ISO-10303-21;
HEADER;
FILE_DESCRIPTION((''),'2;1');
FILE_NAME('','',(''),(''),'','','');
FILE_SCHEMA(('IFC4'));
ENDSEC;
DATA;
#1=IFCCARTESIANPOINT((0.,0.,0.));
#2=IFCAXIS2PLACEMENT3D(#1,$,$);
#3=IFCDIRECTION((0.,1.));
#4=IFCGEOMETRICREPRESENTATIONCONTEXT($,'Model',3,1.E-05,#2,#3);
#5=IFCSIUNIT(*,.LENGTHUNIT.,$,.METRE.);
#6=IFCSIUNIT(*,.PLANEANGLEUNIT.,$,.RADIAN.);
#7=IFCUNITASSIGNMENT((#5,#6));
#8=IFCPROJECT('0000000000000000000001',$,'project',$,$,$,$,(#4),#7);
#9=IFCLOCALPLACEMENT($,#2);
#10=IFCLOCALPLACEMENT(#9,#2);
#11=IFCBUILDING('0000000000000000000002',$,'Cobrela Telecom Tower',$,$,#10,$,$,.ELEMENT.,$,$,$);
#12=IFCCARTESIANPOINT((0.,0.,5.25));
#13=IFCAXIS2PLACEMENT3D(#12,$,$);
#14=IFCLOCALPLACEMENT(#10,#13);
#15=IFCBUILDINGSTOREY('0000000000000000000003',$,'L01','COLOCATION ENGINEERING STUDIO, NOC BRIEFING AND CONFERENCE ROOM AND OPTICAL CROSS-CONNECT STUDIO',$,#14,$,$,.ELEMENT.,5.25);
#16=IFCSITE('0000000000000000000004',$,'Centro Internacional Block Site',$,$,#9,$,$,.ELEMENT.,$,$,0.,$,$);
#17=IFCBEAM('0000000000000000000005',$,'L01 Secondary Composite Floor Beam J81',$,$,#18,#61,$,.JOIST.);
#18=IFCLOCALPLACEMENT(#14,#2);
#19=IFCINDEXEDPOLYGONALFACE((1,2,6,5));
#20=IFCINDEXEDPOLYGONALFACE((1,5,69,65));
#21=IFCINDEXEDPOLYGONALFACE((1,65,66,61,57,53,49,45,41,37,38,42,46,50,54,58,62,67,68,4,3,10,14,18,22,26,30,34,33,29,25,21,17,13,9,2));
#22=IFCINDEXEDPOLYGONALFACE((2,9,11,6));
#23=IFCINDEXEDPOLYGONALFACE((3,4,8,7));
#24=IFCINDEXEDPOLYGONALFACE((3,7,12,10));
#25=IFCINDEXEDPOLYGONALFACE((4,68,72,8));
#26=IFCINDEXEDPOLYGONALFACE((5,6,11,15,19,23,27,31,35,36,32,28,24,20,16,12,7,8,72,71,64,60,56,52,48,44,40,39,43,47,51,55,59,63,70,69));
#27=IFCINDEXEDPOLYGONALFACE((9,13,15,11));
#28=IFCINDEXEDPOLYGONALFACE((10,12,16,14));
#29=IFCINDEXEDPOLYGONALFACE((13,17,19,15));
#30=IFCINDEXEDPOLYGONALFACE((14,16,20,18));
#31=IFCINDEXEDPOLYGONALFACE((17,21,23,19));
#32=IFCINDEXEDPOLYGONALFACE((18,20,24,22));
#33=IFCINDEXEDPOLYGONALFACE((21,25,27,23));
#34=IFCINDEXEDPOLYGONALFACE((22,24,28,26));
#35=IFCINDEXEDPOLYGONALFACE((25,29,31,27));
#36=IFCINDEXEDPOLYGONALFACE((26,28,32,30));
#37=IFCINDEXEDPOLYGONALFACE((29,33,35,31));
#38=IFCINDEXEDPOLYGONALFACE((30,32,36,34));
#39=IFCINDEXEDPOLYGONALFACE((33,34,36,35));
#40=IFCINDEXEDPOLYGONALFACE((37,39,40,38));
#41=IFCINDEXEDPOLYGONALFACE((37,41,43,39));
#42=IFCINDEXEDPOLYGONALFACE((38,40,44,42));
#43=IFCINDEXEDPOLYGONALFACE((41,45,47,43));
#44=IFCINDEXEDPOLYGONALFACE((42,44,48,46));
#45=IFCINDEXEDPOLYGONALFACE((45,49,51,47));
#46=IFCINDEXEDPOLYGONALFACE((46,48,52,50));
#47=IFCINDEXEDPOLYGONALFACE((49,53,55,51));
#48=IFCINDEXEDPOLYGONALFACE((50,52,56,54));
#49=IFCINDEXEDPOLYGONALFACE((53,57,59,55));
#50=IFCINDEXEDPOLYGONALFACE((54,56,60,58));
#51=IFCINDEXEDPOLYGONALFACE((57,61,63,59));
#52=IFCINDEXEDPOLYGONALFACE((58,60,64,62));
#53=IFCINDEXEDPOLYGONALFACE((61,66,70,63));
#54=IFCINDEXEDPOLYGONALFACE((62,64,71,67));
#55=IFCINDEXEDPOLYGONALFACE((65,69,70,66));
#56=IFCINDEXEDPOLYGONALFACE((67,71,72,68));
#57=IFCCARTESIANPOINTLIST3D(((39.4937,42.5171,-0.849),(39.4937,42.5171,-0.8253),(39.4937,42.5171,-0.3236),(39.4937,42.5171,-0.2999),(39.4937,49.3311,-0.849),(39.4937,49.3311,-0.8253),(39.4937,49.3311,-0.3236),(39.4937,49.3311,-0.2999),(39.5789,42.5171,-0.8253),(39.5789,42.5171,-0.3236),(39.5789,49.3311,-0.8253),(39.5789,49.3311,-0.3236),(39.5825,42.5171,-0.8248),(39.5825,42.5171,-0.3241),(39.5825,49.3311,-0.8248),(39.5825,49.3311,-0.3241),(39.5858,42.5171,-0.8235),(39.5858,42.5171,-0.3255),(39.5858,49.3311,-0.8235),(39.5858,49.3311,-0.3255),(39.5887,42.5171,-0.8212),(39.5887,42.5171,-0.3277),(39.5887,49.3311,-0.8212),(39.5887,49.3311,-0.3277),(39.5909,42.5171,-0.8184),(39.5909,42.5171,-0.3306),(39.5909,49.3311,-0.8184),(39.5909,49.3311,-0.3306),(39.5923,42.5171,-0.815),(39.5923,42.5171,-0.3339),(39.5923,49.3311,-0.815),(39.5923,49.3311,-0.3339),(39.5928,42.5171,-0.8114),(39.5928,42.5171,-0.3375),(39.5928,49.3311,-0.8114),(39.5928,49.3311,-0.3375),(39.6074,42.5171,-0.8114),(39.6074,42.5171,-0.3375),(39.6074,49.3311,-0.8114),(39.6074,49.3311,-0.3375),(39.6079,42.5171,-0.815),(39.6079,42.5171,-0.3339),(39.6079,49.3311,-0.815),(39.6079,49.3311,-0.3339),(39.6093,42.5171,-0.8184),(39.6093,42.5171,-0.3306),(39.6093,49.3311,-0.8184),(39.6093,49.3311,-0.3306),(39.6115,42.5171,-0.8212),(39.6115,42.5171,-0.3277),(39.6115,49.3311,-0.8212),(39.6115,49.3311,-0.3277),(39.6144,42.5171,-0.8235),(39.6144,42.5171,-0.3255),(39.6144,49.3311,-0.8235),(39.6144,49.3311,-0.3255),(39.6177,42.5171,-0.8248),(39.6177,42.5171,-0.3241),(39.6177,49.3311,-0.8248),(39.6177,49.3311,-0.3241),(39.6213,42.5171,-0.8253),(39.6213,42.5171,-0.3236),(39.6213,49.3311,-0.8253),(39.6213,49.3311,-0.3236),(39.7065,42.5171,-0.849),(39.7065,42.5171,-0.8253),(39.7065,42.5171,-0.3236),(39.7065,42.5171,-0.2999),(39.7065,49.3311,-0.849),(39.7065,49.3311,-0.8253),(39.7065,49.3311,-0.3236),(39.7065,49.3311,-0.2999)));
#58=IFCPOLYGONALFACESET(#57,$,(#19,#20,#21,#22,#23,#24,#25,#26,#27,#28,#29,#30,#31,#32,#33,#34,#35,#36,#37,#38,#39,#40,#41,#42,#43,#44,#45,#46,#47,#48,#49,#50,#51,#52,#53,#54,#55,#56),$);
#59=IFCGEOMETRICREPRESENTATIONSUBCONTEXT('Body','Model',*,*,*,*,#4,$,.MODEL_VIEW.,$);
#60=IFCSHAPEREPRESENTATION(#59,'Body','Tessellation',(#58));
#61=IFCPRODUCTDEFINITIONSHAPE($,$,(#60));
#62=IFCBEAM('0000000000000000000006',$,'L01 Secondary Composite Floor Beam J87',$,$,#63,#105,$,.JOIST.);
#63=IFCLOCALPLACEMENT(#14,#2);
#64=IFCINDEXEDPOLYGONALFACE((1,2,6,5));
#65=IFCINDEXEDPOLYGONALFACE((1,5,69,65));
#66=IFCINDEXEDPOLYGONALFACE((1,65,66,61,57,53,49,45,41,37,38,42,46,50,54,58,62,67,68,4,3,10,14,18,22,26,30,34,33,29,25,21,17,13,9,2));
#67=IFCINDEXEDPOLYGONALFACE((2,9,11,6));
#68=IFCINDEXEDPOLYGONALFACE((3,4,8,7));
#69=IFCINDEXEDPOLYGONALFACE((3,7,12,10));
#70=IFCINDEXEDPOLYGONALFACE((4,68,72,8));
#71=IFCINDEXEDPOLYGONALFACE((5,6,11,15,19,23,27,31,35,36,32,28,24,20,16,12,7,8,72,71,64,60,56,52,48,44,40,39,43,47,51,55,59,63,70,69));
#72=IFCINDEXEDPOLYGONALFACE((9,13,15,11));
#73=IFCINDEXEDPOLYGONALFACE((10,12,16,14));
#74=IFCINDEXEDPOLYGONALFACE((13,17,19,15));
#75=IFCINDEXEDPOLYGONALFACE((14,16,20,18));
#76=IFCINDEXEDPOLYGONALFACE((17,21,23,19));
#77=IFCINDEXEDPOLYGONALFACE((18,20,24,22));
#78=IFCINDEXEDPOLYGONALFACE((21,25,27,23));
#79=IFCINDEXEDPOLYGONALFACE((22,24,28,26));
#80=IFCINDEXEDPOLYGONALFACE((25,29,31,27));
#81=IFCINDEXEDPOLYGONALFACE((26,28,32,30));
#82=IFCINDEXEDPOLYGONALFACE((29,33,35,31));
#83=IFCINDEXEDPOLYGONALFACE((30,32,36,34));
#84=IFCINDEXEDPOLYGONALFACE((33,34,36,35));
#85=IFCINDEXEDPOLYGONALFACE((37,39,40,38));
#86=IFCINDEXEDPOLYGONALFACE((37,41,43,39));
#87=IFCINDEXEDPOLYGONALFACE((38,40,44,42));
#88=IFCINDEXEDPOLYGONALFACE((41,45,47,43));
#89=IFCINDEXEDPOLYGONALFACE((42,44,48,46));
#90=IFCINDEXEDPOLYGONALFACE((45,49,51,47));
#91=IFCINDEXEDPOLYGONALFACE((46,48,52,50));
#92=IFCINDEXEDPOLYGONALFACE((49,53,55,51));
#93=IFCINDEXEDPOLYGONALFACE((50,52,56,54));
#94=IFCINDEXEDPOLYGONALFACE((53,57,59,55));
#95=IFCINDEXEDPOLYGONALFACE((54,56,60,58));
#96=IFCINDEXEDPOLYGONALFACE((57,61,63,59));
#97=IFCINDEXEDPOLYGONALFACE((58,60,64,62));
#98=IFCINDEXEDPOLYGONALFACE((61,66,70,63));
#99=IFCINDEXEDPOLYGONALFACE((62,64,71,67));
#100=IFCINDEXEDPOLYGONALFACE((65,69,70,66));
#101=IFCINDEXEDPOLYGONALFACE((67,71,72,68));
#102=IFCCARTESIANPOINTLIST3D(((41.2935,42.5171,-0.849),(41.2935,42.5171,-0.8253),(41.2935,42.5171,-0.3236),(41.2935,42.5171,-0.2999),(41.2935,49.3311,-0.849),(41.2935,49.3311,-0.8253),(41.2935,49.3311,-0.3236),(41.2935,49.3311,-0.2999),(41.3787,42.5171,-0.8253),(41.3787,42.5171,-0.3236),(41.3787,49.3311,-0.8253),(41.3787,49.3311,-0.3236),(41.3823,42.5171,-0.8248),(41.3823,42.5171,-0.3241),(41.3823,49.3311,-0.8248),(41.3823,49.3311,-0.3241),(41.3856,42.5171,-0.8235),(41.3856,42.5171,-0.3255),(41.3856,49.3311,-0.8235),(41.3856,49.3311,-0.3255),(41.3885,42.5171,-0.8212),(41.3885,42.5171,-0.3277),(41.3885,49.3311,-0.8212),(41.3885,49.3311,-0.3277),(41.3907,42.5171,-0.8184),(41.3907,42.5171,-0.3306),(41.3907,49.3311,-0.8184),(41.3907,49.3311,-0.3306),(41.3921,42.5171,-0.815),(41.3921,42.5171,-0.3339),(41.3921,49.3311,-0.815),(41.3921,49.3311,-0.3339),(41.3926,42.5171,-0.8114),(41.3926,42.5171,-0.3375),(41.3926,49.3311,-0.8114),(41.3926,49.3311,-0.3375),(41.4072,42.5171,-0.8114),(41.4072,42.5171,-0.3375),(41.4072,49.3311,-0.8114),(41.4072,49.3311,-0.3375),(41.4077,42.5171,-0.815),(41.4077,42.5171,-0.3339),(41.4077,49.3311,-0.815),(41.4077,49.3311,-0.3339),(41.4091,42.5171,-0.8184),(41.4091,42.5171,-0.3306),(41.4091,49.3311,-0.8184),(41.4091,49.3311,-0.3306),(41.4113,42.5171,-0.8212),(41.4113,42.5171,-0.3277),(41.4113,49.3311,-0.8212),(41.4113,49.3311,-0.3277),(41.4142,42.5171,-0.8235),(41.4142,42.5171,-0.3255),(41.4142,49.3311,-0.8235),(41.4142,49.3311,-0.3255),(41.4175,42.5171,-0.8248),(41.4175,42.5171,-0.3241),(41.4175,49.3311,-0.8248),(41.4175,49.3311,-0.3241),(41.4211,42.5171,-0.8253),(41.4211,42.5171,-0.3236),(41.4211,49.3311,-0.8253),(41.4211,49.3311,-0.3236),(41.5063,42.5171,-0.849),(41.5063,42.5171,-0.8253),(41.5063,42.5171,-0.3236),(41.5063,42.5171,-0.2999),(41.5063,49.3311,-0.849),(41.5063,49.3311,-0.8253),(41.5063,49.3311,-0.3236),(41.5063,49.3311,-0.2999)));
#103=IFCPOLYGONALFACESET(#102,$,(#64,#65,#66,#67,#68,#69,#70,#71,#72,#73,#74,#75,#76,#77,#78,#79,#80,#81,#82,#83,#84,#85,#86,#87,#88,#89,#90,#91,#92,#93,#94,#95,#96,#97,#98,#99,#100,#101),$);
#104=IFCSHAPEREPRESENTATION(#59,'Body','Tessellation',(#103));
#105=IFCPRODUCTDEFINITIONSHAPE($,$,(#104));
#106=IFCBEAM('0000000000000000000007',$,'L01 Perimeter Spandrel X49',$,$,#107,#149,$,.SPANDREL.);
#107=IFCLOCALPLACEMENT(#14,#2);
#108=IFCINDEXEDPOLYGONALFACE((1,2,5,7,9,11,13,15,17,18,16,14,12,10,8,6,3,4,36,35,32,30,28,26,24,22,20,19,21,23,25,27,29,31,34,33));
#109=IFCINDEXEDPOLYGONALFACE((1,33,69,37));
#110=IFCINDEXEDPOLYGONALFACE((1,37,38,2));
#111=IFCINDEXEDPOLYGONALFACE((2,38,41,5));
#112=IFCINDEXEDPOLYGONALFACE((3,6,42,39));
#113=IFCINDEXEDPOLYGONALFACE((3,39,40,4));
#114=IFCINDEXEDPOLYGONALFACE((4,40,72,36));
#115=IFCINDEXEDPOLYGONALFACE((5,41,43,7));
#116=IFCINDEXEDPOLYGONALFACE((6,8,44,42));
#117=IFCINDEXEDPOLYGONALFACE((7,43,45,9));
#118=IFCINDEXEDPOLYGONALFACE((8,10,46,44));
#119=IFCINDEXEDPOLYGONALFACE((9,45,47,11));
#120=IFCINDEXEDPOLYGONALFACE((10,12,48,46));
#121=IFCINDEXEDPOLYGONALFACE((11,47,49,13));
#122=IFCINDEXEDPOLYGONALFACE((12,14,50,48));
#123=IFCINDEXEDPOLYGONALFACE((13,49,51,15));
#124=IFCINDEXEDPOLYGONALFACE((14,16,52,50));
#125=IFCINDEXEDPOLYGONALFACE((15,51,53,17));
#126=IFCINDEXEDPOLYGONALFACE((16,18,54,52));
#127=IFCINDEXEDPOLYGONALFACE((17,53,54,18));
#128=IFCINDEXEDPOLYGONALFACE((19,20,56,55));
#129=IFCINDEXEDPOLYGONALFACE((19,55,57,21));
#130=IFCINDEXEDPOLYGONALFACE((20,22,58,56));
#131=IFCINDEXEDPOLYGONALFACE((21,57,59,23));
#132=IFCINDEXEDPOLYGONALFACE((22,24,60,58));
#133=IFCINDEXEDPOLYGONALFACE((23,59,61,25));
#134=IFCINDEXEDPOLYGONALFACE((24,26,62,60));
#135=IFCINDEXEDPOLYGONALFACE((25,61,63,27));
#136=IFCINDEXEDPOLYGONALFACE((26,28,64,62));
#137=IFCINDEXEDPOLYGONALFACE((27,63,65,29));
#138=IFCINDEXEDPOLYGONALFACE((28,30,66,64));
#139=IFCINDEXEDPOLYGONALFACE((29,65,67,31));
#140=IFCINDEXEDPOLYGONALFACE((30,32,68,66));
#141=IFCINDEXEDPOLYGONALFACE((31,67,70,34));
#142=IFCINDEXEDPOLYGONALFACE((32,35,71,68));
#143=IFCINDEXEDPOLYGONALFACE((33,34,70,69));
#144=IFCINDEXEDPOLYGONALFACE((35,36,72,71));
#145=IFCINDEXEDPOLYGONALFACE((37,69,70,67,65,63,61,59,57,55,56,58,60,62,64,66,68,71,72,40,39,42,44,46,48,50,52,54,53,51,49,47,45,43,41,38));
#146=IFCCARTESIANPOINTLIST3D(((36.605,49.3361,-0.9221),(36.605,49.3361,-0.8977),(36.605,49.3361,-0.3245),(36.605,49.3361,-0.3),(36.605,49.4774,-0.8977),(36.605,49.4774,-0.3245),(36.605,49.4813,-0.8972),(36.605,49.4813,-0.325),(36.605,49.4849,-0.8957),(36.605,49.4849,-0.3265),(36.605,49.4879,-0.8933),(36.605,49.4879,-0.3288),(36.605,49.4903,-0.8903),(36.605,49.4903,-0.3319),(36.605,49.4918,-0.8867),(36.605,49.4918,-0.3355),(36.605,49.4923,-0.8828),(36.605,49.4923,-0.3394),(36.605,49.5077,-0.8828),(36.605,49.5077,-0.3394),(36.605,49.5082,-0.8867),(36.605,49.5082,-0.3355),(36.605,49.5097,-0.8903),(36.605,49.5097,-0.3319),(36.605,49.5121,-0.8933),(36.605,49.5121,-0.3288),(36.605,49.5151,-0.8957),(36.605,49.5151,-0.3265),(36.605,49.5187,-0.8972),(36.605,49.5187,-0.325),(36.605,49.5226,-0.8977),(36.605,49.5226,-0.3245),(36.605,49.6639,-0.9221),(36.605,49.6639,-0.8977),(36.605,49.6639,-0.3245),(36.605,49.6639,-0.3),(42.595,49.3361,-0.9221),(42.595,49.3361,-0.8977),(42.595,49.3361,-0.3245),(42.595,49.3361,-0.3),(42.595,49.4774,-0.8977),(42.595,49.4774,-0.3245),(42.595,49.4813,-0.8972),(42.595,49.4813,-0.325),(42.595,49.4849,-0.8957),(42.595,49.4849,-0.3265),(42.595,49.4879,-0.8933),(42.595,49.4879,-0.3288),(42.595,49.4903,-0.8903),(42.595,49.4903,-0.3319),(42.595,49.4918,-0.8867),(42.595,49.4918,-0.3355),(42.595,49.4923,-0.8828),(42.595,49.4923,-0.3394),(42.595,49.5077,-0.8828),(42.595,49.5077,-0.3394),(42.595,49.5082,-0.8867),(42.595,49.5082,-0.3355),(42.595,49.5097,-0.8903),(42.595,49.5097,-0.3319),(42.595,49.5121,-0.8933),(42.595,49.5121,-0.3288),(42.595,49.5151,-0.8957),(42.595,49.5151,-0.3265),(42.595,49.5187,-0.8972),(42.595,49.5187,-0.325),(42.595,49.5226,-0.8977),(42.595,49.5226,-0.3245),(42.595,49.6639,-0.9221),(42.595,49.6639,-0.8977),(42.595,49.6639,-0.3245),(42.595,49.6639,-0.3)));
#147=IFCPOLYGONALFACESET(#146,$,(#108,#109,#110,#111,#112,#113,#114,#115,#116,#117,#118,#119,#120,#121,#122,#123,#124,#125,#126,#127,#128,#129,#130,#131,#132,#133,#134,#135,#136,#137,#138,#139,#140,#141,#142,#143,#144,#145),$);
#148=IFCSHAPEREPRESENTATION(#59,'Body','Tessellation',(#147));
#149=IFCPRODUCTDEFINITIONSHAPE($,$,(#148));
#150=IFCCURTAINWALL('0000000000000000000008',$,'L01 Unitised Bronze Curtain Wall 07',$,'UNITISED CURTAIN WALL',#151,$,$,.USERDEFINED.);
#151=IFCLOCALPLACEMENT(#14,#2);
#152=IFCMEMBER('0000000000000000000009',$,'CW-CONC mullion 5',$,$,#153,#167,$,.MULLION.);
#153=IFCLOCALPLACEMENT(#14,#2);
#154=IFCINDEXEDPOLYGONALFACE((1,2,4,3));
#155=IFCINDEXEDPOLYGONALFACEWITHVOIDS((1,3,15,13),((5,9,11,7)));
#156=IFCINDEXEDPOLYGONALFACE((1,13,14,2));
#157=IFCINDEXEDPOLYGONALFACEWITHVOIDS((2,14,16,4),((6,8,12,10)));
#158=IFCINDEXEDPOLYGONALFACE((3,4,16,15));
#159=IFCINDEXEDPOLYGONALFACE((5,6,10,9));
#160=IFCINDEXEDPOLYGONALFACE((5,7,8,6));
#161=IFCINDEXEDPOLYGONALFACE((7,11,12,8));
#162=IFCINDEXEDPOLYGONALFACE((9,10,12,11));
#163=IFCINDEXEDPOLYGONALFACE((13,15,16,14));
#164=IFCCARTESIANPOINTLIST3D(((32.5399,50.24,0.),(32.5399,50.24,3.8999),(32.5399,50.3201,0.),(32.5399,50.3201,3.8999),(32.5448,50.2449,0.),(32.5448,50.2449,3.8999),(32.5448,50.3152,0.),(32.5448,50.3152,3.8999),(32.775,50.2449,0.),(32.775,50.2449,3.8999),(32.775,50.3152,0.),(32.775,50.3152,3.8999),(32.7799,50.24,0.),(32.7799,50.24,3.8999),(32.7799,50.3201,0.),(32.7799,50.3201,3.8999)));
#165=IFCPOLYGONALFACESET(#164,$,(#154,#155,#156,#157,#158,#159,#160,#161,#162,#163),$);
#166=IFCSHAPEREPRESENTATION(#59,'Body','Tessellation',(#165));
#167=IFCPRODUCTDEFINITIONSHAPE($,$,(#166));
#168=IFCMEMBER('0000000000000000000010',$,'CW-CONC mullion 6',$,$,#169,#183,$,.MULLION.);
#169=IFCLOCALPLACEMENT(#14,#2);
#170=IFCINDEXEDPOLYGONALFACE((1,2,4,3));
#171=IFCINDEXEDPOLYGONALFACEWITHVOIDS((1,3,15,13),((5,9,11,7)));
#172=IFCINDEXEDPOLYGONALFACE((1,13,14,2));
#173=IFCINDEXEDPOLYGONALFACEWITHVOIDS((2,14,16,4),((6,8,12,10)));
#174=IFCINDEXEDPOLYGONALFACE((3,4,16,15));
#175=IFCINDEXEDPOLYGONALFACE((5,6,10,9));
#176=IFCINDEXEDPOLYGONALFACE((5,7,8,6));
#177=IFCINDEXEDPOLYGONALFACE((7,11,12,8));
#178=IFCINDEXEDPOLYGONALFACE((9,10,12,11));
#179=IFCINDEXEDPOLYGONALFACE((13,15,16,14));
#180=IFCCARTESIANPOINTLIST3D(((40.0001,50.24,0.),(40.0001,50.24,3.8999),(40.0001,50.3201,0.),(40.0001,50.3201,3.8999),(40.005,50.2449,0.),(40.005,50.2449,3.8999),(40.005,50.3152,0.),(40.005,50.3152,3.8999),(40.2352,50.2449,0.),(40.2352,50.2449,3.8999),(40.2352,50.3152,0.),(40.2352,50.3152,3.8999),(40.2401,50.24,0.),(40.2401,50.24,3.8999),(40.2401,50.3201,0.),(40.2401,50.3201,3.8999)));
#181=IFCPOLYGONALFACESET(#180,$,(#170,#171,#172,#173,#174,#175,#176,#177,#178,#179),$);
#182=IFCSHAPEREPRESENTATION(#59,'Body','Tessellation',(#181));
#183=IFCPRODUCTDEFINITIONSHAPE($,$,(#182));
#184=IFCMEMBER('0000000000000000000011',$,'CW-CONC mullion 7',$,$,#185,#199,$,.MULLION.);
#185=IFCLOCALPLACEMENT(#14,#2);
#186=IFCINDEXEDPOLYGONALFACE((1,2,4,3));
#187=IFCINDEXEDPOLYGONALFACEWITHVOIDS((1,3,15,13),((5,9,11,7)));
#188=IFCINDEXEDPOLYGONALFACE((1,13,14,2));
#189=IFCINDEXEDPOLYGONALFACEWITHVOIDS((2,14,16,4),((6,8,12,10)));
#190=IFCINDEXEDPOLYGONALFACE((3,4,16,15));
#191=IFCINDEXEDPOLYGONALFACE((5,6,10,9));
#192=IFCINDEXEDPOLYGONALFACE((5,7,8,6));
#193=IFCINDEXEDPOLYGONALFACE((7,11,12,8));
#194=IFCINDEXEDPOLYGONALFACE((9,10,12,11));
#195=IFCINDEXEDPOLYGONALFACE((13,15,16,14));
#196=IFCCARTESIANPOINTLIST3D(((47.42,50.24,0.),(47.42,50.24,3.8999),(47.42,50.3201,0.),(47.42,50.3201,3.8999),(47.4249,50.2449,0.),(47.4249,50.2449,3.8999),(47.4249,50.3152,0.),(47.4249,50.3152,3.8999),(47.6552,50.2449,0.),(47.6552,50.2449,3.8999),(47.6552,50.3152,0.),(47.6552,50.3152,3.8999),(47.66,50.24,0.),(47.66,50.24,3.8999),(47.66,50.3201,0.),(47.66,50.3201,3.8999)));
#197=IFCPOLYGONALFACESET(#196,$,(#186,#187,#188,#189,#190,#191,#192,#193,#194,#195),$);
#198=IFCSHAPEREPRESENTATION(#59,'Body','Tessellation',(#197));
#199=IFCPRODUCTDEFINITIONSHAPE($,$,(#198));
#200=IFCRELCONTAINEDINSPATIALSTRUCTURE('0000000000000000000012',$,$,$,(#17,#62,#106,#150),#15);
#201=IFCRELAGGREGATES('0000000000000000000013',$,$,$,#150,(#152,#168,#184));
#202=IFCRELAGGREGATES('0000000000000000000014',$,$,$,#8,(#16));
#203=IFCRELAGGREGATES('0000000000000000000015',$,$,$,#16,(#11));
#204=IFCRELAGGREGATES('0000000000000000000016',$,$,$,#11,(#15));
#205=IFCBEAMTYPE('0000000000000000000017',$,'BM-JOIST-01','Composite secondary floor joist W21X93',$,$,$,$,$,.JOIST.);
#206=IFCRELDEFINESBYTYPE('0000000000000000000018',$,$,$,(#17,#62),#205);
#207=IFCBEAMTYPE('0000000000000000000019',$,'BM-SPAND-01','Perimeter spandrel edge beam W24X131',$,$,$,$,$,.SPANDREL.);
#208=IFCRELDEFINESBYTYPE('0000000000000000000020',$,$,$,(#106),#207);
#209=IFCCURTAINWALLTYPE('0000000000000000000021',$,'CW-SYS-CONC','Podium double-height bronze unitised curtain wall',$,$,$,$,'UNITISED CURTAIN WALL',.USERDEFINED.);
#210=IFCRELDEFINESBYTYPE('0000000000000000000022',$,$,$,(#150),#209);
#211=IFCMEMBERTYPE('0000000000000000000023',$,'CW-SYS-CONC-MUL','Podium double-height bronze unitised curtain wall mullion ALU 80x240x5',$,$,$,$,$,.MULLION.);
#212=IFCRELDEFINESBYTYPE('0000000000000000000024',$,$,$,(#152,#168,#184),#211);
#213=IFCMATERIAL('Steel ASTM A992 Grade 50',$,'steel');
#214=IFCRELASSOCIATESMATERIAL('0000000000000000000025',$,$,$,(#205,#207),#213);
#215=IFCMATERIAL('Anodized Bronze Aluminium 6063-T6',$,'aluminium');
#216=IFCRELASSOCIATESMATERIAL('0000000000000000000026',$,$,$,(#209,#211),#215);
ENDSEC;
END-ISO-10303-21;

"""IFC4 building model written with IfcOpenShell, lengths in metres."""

from ifc_helpers import new_model, si_unit, direction, frame, origin, origin_2d, place, context, subcontext, project, spatial, hollow_rectangle, i_section, extrude, material, material_profile, profile_set, type_object, element, aggregate, save


model = new_model("IFC4")

# Units and contexts
model_context = context("Model", 3, precision=1e-05, world=origin(), true_north=direction((0.0, 1.0)))
body_context = subcontext(model_context, "Body", "Model", "MODEL_VIEW")
ifc_project = project(units=[si_unit("LENGTHUNIT", "METRE"), si_unit("PLANEANGLEUNIT", "RADIAN")], contexts=[model_context])

# Site, building, storey
site_placement = place(None, origin())
site = spatial("IfcSite", under=ifc_project, at=site_placement, Name="Centro Internacional Block Site", CompositionType="ELEMENT", RefElevation=0.0)
building_placement = place(site_placement, origin())
building = spatial("IfcBuilding", under=site, at=building_placement, Name="Cobrela Telecom Tower", CompositionType="ELEMENT")
storey_placement = place(building_placement, frame((0.0, 0.0, 5.25)))
storey = spatial("IfcBuildingStorey", under=building, at=storey_placement, Name="L01", Description="COLOCATION ENGINEERING STUDIO, NOC BRIEFING AND CONFERENCE ROOM AND OPTICAL CROSS-CONNECT STUDIO", CompositionType="ELEMENT", Elevation=5.25)

# Beams
ifc_material_1 = material(Name="Steel ASTM A992 Grade 50", Category="steel")
ifc_material_profile_1 = material_profile(ifc_material_1, i_section(OverallWidth=0.2129, OverallDepth=0.5491, WebThickness=0.0146, FlangeThickness=0.0237, FilletRadius=0.0139, at=origin_2d()), Name="W21X93")
ifc_profile_set_1 = profile_set([ifc_material_profile_1], Name="Steel ASTM A992 Grade 50")
beam_type_1 = type_object("IfcBeamType", Name="BM-JOIST-01", Description="Composite secondary floor joist W21X93", PredefinedType="JOIST", material=ifc_profile_set_1)
for number, where, z_axis, x_axis, name in (
    (1, (39.6001, 42.5171, -0.5745), (0.0, 1.0, 0.0), (-1.0, 0.0, 0.0), "L01 Secondary Composite Floor Beam J81"),
    (2, (41.3999, 42.5171, -0.5745), (0.0, 1.0, 0.0), (-1.0, 0.0, 0.0), "L01 Secondary Composite Floor Beam J87"),
):
    element("IfcBeam", number, at=place(storey_placement, frame(where, z_axis=z_axis, x_axis=x_axis)), inside=storey, type_object=beam_type_1, Name=name, PredefinedType="JOIST", context=body_context, shape_type="SweptSolid", body=[
        extrude(i_section(OverallWidth=0.2129, OverallDepth=0.5491, WebThickness=0.0146, FlangeThickness=0.0237, FilletRadius=0.0139, at=origin_2d()), origin(), (0.0, 0.0, 1.0), 6.814),
    ])
ifc_material_profile_2 = material_profile(ifc_material_1, i_section(OverallWidth=0.3279, OverallDepth=0.6221, WebThickness=0.0154, FlangeThickness=0.0244, FilletRadius=0.0149, at=origin_2d()), Name="W24X131")
ifc_profile_set_2 = profile_set([ifc_material_profile_2], Name="Steel ASTM A992 Grade 50")
beam_type_2 = type_object("IfcBeamType", Name="BM-SPAND-01", Description="Perimeter spandrel edge beam W24X131", PredefinedType="SPANDREL", material=ifc_profile_set_2)
beam_1_placement = place(storey_placement, frame((36.605, 49.5, -0.6111), z_axis=(1.0, 0.0, 0.0), x_axis=(0.0, 1.0, 0.0)))
element("IfcBeam", 3, at=beam_1_placement, inside=storey, type_object=beam_type_2, Name="L01 Perimeter Spandrel X49", PredefinedType="SPANDREL", context=body_context, shape_type="SweptSolid", body=[
    extrude(i_section(OverallWidth=0.3279, OverallDepth=0.6221, WebThickness=0.0154, FlangeThickness=0.0244, FilletRadius=0.0149, at=origin_2d()), origin(), (0.0, 0.0, 1.0), 5.99),
])

# Curtain wall, members
ifc_material_2 = material(Name="Anodized Bronze Aluminium 6063-T6", Category="aluminium")
curtain_wall_type = type_object("IfcCurtainWallType", Name="CW-SYS-CONC", Description="Podium double-height bronze unitised curtain wall", ElementType="UNITISED CURTAIN WALL", PredefinedType="USERDEFINED", material=ifc_material_2)
curtain_wall_1_placement = place(storey_placement, origin())
curtain_wall_1 = element("IfcCurtainWall", 4, at=curtain_wall_1_placement, inside=storey, type_object=curtain_wall_type, Name="L01 Unitised Bronze Curtain Wall 07", ObjectType="UNITISED CURTAIN WALL", PredefinedType="USERDEFINED")
ifc_material_profile_3 = material_profile(ifc_material_2, hollow_rectangle(XDim=0.0801, YDim=0.24, WallThickness=0.0049, at=origin_2d()), Name="ALU 80x240x5")
ifc_profile_set_3 = profile_set([ifc_material_profile_3], Name="Anodized Bronze Aluminium 6063-T6")
member_type_1 = type_object("IfcMemberType", Name="CW-SYS-CONC-MUL", Description="Podium double-height bronze unitised curtain wall mullion ALU 80x240x5", PredefinedType="MULLION", material=ifc_profile_set_3)
member_1_placement = place(storey_placement, frame((32.6599, 50.28, 0.0), z_axis=(0.0, 0.0, 1.0), x_axis=(0.0, 1.0, 0.0)))
member_1 = element("IfcMember", 5, at=member_1_placement, type_object=member_type_1, Name="CW-CONC mullion 5", PredefinedType="MULLION", context=body_context, shape_type="SweptSolid", body=[
    extrude(hollow_rectangle(XDim=0.0801, YDim=0.24, WallThickness=0.0049, at=origin_2d()), origin(), (0.0, 0.0, 1.0), 3.8999),
])
member_2_placement = place(storey_placement, frame((40.1201, 50.28, 0.0), z_axis=(0.0, 0.0, 1.0), x_axis=(0.0, 1.0, 0.0)))
member_2 = element("IfcMember", 6, at=member_2_placement, type_object=member_type_1, Name="CW-CONC mullion 6", PredefinedType="MULLION", context=body_context, shape_type="SweptSolid", body=[
    extrude(hollow_rectangle(XDim=0.0801, YDim=0.24, WallThickness=0.0049, at=origin_2d()), origin(), (0.0, 0.0, 1.0), 3.8999),
])
member_3_placement = place(storey_placement, frame((47.54, 50.28, 0.0), z_axis=(0.0, 0.0, 1.0), x_axis=(0.0, 1.0, 0.0)))
member_3 = element("IfcMember", 7, at=member_3_placement, type_object=member_type_1, Name="CW-CONC mullion 7", PredefinedType="MULLION", context=body_context, shape_type="SweptSolid", body=[
    extrude(hollow_rectangle(XDim=0.0801, YDim=0.24, WallThickness=0.0049, at=origin_2d()), origin(), (0.0, 0.0, 1.0), 3.8999),
])

aggregate(curtain_wall_1, [member_1, member_2, member_3])

save(model, "model.ifc")
